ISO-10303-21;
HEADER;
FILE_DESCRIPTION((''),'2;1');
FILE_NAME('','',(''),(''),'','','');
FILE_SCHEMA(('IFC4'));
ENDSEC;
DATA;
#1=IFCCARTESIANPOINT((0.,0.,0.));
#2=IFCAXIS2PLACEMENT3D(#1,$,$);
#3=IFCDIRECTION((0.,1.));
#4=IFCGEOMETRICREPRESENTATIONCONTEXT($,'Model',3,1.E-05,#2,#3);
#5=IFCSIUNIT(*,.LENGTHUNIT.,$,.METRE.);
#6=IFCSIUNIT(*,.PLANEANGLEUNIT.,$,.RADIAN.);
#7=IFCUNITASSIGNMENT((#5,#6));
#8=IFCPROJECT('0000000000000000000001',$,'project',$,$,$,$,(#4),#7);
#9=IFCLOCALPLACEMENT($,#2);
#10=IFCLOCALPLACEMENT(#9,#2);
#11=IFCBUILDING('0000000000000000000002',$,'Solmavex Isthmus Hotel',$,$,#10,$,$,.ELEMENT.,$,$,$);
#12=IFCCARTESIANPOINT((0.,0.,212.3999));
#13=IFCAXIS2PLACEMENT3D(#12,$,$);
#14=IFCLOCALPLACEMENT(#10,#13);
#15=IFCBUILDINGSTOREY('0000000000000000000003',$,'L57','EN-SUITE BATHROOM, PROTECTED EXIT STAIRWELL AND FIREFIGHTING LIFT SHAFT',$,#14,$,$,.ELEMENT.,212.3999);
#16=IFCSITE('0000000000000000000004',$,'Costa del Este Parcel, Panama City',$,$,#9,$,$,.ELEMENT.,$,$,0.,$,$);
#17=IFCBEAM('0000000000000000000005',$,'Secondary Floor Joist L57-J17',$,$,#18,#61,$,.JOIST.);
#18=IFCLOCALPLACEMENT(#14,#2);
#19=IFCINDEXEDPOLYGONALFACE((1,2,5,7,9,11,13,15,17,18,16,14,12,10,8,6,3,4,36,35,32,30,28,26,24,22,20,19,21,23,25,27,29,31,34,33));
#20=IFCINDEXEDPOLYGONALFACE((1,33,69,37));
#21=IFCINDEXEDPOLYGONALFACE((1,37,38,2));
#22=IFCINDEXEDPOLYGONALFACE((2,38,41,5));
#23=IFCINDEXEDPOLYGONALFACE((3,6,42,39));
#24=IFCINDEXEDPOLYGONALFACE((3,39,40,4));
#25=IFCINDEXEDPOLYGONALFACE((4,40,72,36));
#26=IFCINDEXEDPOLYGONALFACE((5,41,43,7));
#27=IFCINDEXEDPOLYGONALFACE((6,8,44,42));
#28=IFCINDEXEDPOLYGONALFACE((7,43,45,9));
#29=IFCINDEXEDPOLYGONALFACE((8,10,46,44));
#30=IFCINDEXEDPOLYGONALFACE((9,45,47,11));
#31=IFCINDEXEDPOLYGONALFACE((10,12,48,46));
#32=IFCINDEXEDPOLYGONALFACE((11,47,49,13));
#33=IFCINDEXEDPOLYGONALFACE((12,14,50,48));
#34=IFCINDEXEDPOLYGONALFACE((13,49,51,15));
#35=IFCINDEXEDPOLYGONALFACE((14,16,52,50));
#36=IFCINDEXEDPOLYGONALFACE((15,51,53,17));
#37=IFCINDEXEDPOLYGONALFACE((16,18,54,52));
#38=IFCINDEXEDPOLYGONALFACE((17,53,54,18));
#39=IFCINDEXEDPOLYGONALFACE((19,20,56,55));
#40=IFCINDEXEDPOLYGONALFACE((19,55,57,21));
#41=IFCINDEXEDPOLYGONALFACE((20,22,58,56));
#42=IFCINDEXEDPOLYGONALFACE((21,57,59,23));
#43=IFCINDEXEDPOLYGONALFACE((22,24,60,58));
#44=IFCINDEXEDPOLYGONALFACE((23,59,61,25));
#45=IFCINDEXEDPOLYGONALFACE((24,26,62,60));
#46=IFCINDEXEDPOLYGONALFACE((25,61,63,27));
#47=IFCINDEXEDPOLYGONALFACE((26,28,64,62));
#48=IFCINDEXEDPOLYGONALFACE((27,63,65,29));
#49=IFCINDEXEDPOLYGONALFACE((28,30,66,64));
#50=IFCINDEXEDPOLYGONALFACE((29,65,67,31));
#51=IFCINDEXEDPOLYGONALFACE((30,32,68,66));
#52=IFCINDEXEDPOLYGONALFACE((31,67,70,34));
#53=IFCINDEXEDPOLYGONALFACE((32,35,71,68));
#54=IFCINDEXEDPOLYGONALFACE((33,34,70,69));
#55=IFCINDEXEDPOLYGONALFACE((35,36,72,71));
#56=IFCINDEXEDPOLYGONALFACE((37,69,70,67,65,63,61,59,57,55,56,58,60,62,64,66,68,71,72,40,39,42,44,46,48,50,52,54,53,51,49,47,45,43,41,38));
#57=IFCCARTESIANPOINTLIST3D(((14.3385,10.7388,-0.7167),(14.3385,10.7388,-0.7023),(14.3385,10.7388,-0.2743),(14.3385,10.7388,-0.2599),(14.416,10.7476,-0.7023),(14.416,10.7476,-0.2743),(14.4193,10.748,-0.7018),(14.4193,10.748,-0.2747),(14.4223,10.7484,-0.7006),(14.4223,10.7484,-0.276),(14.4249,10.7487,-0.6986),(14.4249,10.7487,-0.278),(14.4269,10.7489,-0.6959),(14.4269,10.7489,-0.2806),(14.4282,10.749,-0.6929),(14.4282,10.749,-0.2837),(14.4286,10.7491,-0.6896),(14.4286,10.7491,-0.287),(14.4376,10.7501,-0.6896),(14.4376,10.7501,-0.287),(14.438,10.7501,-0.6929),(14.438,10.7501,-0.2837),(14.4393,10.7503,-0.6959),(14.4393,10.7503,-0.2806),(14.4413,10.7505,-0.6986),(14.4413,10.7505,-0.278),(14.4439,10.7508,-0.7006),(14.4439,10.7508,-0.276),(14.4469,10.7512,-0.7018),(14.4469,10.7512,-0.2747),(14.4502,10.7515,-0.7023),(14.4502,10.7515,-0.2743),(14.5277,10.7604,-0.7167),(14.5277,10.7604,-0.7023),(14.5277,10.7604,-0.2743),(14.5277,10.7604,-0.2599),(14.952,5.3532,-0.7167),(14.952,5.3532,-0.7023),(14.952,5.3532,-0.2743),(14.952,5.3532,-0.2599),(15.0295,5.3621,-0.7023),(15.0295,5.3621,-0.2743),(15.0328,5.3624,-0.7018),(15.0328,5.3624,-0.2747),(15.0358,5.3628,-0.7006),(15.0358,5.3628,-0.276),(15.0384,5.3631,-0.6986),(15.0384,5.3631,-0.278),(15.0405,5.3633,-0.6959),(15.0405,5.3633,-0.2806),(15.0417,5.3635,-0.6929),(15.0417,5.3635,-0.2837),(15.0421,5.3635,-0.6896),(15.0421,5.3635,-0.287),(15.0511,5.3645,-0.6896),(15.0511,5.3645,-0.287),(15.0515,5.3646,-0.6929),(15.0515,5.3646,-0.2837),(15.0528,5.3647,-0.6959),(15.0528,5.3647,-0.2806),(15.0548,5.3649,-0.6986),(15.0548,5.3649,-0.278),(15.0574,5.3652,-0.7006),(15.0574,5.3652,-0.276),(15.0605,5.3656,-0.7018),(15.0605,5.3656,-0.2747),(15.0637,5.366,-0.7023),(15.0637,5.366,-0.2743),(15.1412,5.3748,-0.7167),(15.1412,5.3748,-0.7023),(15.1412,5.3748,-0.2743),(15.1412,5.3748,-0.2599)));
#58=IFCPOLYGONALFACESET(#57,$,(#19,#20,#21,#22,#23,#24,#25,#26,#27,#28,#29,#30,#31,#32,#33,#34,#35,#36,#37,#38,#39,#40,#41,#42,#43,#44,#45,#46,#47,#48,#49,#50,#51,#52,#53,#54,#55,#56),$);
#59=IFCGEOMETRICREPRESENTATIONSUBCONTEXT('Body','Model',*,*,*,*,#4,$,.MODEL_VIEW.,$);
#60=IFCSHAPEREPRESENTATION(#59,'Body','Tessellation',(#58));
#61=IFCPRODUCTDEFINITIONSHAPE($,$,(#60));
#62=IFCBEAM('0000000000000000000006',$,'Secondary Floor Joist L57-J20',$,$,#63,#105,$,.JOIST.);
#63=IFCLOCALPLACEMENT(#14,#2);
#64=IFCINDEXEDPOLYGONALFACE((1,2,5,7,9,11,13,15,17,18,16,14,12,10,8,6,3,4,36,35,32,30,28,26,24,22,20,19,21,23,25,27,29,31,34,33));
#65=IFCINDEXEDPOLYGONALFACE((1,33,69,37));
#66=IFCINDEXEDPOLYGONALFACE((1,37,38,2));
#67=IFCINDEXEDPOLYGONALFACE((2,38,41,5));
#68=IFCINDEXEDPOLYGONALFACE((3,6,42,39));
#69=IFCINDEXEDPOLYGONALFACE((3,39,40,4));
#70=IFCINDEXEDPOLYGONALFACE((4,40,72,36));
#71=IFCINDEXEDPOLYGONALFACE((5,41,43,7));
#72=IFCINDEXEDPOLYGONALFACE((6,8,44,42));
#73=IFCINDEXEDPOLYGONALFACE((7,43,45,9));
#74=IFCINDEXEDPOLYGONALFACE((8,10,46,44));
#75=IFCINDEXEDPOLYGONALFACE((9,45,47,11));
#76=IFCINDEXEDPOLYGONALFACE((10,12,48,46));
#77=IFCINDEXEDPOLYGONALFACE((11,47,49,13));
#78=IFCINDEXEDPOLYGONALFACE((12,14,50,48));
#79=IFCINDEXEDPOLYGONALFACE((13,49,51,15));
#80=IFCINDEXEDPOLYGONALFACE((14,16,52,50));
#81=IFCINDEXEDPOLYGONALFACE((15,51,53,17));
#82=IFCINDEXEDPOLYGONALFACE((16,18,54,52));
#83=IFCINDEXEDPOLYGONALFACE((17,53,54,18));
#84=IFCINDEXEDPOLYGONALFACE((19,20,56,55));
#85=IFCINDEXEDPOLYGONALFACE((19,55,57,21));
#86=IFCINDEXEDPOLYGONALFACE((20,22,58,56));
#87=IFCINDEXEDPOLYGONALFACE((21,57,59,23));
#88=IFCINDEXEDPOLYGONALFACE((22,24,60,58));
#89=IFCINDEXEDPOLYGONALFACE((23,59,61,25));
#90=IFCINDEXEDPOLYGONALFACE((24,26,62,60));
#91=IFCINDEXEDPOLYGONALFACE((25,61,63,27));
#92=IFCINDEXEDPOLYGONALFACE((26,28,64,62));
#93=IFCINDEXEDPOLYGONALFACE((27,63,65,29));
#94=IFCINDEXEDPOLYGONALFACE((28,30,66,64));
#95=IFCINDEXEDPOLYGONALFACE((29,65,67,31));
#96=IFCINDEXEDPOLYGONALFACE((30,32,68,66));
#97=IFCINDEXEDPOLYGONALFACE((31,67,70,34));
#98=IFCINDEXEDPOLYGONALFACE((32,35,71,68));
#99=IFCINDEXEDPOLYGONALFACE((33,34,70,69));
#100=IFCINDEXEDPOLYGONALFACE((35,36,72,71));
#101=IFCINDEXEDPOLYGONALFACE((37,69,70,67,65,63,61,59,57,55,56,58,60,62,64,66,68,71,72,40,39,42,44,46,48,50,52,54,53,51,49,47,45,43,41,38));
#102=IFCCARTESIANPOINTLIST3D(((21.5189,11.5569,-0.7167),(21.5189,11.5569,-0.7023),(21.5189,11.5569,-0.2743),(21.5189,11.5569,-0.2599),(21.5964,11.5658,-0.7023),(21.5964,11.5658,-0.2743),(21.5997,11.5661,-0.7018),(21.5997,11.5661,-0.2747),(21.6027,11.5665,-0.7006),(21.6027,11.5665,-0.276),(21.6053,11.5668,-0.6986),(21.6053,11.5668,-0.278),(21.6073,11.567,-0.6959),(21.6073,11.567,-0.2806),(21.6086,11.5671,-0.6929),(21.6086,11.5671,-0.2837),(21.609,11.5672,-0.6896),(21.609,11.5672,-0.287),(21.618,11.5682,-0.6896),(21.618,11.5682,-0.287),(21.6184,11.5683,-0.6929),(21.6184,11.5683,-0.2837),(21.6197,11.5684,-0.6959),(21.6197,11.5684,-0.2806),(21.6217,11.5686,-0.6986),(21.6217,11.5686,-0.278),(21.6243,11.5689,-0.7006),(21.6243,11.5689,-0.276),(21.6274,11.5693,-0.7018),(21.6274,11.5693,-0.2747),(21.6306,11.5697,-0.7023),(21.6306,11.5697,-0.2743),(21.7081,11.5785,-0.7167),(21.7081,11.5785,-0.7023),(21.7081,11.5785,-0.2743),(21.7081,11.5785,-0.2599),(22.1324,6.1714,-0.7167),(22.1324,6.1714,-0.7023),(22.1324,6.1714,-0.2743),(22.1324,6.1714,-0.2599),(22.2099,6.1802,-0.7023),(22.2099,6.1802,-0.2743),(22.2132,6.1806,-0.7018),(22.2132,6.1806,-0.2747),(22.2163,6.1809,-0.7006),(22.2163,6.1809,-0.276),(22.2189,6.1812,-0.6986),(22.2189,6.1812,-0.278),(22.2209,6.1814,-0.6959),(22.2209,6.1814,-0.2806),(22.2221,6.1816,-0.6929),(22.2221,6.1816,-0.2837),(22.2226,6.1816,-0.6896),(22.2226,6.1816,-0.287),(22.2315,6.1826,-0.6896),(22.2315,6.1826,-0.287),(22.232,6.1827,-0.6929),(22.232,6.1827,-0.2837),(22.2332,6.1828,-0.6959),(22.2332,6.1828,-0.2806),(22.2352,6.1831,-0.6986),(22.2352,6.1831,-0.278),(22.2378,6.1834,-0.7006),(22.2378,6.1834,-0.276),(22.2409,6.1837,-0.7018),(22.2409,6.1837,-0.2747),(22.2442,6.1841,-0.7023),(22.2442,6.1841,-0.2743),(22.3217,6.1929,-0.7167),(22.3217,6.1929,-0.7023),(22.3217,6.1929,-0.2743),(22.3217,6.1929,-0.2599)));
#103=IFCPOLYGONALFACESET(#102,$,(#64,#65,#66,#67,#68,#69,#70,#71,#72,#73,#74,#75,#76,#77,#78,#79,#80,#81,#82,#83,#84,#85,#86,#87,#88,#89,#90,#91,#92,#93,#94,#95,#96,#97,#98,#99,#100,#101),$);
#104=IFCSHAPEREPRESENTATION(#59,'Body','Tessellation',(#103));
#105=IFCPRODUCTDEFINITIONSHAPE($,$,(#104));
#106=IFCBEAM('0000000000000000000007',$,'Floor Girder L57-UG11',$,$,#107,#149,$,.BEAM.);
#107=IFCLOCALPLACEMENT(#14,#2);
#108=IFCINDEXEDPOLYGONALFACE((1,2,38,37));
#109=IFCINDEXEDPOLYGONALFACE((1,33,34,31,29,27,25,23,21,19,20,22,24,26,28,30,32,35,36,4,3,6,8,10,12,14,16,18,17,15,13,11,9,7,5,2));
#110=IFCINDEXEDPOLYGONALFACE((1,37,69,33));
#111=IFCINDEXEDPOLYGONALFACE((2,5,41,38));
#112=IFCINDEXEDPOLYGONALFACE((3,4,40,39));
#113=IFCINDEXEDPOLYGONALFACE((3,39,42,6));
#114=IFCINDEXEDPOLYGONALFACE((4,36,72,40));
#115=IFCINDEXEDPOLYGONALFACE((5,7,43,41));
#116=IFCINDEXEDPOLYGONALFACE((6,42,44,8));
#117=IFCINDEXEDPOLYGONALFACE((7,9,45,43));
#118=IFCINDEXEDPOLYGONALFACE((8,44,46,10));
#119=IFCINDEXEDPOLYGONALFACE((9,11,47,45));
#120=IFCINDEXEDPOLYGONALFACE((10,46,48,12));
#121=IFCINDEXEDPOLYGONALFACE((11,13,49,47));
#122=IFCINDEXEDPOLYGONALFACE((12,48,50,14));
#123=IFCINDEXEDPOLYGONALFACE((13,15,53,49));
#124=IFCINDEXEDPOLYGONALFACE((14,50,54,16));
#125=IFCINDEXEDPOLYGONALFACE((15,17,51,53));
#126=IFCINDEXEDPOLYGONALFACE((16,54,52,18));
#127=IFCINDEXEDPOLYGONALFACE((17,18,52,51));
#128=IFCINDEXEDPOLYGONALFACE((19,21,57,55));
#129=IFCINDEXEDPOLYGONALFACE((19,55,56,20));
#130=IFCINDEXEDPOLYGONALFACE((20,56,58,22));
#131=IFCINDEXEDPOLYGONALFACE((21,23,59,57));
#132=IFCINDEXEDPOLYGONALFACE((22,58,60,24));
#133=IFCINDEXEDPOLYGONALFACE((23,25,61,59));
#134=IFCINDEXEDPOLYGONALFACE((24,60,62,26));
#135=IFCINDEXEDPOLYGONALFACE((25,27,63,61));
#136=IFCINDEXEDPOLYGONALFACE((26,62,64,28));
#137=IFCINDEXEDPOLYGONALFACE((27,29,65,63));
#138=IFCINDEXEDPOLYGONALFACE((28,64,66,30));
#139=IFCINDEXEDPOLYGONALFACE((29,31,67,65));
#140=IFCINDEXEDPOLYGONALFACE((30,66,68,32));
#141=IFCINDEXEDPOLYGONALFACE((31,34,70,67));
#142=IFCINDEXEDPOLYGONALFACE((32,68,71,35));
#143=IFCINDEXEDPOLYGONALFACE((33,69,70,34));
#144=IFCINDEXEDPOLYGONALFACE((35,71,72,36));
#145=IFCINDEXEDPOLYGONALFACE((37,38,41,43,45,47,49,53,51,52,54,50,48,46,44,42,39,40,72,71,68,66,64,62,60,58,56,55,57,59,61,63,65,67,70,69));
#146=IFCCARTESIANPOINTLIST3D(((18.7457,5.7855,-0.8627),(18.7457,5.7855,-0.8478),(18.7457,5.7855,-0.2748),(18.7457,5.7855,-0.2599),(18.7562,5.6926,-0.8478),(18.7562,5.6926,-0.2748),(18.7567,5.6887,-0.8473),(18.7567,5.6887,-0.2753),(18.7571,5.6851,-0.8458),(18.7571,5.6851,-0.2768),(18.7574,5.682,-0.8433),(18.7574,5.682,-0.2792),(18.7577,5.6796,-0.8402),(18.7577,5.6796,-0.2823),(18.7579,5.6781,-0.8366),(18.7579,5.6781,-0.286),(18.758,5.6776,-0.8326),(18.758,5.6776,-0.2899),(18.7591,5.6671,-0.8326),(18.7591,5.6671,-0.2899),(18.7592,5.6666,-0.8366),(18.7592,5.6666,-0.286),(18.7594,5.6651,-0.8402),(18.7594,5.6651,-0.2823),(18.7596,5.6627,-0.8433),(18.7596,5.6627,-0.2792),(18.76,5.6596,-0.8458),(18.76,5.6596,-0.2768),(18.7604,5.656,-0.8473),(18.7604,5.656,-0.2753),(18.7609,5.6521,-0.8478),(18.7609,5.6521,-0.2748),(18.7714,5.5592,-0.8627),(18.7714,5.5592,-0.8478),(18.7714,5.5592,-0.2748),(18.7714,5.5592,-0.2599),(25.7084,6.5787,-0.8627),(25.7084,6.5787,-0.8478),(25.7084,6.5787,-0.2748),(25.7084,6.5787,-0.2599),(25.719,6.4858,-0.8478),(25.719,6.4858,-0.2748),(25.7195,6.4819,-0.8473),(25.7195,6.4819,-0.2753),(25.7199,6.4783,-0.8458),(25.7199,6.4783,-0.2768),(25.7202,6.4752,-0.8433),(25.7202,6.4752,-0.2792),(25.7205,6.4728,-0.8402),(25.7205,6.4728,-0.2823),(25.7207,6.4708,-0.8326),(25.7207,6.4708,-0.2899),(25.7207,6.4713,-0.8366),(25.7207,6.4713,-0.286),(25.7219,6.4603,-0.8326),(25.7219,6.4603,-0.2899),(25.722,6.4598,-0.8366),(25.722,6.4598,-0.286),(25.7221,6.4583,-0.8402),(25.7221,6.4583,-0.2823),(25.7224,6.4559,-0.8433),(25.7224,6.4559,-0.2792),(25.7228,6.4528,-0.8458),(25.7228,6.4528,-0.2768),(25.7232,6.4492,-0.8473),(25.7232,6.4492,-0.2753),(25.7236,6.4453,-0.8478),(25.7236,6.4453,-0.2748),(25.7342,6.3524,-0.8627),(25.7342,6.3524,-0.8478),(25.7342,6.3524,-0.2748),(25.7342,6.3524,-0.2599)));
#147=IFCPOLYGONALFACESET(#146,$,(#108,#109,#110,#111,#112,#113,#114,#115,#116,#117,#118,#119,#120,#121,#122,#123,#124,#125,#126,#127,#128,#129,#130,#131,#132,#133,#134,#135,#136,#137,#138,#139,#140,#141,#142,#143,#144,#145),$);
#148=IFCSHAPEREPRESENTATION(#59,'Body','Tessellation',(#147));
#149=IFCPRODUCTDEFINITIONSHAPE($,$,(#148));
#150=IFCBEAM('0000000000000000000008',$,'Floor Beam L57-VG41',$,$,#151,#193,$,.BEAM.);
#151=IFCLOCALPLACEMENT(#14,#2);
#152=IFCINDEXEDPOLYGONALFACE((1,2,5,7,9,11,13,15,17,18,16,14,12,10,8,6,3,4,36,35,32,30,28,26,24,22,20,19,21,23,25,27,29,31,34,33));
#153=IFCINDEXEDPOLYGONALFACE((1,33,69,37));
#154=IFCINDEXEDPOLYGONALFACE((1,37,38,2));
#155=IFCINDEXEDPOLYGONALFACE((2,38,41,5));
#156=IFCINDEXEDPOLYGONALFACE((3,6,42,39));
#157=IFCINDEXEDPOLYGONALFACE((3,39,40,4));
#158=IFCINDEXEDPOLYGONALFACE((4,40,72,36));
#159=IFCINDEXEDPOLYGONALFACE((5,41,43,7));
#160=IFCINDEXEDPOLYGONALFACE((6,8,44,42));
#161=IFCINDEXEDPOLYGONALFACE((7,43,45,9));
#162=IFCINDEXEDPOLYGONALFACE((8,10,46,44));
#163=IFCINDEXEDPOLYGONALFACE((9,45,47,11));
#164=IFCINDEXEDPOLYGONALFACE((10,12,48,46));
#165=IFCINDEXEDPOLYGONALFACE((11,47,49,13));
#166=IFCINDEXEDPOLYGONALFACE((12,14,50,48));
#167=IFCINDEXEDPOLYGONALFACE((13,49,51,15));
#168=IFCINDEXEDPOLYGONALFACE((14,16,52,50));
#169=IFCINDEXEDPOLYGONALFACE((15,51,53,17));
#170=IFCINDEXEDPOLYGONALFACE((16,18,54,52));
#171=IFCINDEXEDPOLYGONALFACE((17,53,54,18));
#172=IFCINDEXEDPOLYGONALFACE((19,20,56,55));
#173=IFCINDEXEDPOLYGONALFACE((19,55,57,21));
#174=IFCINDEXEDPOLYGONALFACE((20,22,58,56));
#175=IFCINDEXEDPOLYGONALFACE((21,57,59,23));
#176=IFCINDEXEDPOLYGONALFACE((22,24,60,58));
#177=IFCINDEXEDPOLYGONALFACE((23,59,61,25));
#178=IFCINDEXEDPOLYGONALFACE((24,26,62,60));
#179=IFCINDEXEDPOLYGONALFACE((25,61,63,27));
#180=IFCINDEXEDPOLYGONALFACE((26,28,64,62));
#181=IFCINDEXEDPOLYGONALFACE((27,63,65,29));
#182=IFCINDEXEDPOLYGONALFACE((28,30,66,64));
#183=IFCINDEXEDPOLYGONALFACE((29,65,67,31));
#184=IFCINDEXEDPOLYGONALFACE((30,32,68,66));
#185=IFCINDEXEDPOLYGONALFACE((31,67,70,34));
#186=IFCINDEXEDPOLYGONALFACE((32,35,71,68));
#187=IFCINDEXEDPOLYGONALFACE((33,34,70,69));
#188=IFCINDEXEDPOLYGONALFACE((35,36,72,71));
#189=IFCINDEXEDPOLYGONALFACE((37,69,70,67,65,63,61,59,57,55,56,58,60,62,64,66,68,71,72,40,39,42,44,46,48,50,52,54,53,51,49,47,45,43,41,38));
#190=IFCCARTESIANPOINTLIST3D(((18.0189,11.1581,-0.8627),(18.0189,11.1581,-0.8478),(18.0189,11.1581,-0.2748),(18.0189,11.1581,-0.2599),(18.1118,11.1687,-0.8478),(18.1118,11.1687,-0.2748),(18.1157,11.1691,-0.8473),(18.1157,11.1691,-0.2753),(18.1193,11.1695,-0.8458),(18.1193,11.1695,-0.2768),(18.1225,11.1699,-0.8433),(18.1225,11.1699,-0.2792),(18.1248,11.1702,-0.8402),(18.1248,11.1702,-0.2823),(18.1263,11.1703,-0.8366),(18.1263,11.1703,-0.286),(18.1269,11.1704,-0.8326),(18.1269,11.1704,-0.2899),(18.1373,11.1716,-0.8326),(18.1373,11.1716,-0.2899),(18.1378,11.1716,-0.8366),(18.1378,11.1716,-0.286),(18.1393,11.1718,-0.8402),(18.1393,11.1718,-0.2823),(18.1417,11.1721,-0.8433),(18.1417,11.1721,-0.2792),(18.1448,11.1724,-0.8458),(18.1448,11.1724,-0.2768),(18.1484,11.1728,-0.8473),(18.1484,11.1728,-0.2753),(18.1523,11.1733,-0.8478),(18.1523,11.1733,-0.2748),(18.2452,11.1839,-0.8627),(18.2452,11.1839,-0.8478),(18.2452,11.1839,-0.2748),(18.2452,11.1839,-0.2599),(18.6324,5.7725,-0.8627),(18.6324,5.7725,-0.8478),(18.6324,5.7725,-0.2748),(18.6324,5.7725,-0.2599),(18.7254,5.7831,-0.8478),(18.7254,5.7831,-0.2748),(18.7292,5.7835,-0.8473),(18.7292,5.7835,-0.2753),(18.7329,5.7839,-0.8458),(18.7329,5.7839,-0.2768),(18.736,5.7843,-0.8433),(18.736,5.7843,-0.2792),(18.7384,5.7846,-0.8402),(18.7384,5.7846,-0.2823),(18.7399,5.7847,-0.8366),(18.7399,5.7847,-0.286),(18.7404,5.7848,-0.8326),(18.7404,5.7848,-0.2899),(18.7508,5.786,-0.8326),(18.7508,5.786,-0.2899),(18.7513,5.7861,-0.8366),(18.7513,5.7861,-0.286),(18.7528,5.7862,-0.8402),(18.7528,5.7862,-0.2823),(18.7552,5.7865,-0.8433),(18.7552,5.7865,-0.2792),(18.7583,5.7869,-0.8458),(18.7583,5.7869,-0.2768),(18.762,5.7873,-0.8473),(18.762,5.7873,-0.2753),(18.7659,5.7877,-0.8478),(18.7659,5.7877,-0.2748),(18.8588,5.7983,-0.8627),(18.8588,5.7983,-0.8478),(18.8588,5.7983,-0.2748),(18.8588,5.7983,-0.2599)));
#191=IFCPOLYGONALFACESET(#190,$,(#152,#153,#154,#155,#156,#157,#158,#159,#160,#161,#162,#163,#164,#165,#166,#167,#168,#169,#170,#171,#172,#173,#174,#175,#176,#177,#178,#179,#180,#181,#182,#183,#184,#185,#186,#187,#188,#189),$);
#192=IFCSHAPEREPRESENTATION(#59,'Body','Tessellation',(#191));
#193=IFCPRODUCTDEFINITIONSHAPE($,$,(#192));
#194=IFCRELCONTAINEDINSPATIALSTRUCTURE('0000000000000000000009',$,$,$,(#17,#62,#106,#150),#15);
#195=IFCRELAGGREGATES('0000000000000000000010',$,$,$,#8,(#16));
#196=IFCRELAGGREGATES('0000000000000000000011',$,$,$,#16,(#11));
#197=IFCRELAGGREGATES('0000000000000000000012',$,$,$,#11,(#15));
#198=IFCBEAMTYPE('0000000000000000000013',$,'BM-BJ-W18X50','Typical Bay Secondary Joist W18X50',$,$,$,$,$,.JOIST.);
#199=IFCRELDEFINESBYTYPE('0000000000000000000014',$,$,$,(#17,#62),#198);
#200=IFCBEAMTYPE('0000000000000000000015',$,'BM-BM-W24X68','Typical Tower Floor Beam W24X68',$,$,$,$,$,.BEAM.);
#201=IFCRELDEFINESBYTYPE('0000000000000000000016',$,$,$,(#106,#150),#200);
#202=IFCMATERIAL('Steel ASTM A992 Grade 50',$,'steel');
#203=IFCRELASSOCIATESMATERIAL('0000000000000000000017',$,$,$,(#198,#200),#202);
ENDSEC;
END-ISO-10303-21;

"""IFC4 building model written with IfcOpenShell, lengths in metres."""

from ifc_helpers import new_model, si_unit, direction, frame, origin, origin_2d, place, context, subcontext, project, spatial, i_section, extrude, material, material_profile, profile_set, type_object, element, save


model = new_model("IFC4")

# Units and contexts
model_context = context("Model", 3, precision=1e-05, world=origin(), true_north=direction((0.0, 1.0)))
body_context = subcontext(model_context, "Body", "Model", "MODEL_VIEW")
ifc_project = project(units=[si_unit("LENGTHUNIT", "METRE"), si_unit("PLANEANGLEUNIT", "RADIAN")], contexts=[model_context])

# Site, building, storey
site_placement = place(None, origin())
site = spatial("IfcSite", under=ifc_project, at=site_placement, Name="Costa del Este Parcel, Panama City", CompositionType="ELEMENT", RefElevation=0.0)
building_placement = place(site_placement, origin())
building = spatial("IfcBuilding", under=site, at=building_placement, Name="Solmavex Isthmus Hotel", CompositionType="ELEMENT")
storey_placement = place(building_placement, frame((0.0, 0.0, 212.3999)))
storey = spatial("IfcBuildingStorey", under=building, at=storey_placement, Name="L57", Description="EN-SUITE BATHROOM, PROTECTED EXIT STAIRWELL AND FIREFIGHTING LIFT SHAFT", CompositionType="ELEMENT", Elevation=212.3999)

# Beams
ifc_material_1 = material(Name="Steel ASTM A992 Grade 50", Category="steel")
ifc_material_profile_1 = material_profile(ifc_material_1, i_section(OverallWidth=0.1904, OverallDepth=0.4568, WebThickness=0.009, FlangeThickness=0.0144, FilletRadius=0.0127, at=origin_2d()), Name="W18X50")
ifc_profile_set_1 = profile_set([ifc_material_profile_1], Name="Steel ASTM A992 Grade 50")
beam_type_1 = type_object("IfcBeamType", Name="BM-BJ-W18X50", Description="Typical Bay Secondary Joist W18X50", PredefinedType="JOIST", material=ifc_profile_set_1)
for number, where, z_axis, x_axis, name in (
    (1, (15.0466, 5.364, -0.4883), (-0.11319, 0.993573, 0.0), (-0.993573, -0.11319, 0.0), "Secondary Floor Joist L57-J17"),
    (2, (22.2271, 6.1821, -0.4883), (-0.11319, 0.993573, 0.0), (-0.993573, -0.11319, 0.0), "Secondary Floor Joist L57-J20"),
):
    element("IfcBeam", number, at=place(storey_placement, frame(where, z_axis=z_axis, x_axis=x_axis)), inside=storey, type_object=beam_type_1, Name=name, PredefinedType="JOIST", context=body_context, shape_type="SweptSolid", body=[
        extrude(i_section(OverallWidth=0.1904, OverallDepth=0.4568, WebThickness=0.009, FlangeThickness=0.0144, FilletRadius=0.0127, at=origin_2d()), origin(), (0.0, 0.0, 1.0), 5.4204),
    ])
ifc_material_profile_2 = material_profile(ifc_material_1, i_section(OverallWidth=0.2278, OverallDepth=0.6028, WebThickness=0.0105, FlangeThickness=0.0149, FilletRadius=0.0151, at=origin_2d()), Name="W24X68")
ifc_profile_set_2 = profile_set([ifc_material_profile_2], Name="Steel ASTM A992 Grade 50")
beam_type_2 = type_object("IfcBeamType", Name="BM-BM-W24X68", Description="Typical Tower Floor Beam W24X68", PredefinedType="BEAM", material=ifc_profile_set_2)
beam_1_placement = place(storey_placement, frame((18.7585, 5.6724, -0.5613), z_axis=(0.993574, 0.113188, 0.0), x_axis=(-0.113188, 0.993574, 0.0)))
element("IfcBeam", 3, at=beam_1_placement, inside=storey, type_object=beam_type_2, Name="Floor Girder L57-UG11", PredefinedType="BEAM", context=body_context, shape_type="SweptSolid", body=[
    extrude(i_section(OverallWidth=0.2278, OverallDepth=0.6028, WebThickness=0.0105, FlangeThickness=0.0149, FilletRadius=0.0151, at=origin_2d()), origin(), (0.0, 0.0, 1.0), 7.0078),
])
beam_2_placement = place(storey_placement, frame((18.7456, 5.7854, -0.5613), z_axis=(-0.11319, 0.993573, 0.0), x_axis=(-0.993573, -0.11319, 0.0)))
element("IfcBeam", 4, at=beam_2_placement, inside=storey, type_object=beam_type_2, Name="Floor Beam L57-VG41", PredefinedType="BEAM", context=body_context, shape_type="SweptSolid", body=[
    extrude(i_section(OverallWidth=0.2278, OverallDepth=0.6028, WebThickness=0.0105, FlangeThickness=0.0149, FilletRadius=0.0151, at=origin_2d()), origin(), (0.0, 0.0, 1.0), 5.4204),
])

save(model, "model.ifc")
